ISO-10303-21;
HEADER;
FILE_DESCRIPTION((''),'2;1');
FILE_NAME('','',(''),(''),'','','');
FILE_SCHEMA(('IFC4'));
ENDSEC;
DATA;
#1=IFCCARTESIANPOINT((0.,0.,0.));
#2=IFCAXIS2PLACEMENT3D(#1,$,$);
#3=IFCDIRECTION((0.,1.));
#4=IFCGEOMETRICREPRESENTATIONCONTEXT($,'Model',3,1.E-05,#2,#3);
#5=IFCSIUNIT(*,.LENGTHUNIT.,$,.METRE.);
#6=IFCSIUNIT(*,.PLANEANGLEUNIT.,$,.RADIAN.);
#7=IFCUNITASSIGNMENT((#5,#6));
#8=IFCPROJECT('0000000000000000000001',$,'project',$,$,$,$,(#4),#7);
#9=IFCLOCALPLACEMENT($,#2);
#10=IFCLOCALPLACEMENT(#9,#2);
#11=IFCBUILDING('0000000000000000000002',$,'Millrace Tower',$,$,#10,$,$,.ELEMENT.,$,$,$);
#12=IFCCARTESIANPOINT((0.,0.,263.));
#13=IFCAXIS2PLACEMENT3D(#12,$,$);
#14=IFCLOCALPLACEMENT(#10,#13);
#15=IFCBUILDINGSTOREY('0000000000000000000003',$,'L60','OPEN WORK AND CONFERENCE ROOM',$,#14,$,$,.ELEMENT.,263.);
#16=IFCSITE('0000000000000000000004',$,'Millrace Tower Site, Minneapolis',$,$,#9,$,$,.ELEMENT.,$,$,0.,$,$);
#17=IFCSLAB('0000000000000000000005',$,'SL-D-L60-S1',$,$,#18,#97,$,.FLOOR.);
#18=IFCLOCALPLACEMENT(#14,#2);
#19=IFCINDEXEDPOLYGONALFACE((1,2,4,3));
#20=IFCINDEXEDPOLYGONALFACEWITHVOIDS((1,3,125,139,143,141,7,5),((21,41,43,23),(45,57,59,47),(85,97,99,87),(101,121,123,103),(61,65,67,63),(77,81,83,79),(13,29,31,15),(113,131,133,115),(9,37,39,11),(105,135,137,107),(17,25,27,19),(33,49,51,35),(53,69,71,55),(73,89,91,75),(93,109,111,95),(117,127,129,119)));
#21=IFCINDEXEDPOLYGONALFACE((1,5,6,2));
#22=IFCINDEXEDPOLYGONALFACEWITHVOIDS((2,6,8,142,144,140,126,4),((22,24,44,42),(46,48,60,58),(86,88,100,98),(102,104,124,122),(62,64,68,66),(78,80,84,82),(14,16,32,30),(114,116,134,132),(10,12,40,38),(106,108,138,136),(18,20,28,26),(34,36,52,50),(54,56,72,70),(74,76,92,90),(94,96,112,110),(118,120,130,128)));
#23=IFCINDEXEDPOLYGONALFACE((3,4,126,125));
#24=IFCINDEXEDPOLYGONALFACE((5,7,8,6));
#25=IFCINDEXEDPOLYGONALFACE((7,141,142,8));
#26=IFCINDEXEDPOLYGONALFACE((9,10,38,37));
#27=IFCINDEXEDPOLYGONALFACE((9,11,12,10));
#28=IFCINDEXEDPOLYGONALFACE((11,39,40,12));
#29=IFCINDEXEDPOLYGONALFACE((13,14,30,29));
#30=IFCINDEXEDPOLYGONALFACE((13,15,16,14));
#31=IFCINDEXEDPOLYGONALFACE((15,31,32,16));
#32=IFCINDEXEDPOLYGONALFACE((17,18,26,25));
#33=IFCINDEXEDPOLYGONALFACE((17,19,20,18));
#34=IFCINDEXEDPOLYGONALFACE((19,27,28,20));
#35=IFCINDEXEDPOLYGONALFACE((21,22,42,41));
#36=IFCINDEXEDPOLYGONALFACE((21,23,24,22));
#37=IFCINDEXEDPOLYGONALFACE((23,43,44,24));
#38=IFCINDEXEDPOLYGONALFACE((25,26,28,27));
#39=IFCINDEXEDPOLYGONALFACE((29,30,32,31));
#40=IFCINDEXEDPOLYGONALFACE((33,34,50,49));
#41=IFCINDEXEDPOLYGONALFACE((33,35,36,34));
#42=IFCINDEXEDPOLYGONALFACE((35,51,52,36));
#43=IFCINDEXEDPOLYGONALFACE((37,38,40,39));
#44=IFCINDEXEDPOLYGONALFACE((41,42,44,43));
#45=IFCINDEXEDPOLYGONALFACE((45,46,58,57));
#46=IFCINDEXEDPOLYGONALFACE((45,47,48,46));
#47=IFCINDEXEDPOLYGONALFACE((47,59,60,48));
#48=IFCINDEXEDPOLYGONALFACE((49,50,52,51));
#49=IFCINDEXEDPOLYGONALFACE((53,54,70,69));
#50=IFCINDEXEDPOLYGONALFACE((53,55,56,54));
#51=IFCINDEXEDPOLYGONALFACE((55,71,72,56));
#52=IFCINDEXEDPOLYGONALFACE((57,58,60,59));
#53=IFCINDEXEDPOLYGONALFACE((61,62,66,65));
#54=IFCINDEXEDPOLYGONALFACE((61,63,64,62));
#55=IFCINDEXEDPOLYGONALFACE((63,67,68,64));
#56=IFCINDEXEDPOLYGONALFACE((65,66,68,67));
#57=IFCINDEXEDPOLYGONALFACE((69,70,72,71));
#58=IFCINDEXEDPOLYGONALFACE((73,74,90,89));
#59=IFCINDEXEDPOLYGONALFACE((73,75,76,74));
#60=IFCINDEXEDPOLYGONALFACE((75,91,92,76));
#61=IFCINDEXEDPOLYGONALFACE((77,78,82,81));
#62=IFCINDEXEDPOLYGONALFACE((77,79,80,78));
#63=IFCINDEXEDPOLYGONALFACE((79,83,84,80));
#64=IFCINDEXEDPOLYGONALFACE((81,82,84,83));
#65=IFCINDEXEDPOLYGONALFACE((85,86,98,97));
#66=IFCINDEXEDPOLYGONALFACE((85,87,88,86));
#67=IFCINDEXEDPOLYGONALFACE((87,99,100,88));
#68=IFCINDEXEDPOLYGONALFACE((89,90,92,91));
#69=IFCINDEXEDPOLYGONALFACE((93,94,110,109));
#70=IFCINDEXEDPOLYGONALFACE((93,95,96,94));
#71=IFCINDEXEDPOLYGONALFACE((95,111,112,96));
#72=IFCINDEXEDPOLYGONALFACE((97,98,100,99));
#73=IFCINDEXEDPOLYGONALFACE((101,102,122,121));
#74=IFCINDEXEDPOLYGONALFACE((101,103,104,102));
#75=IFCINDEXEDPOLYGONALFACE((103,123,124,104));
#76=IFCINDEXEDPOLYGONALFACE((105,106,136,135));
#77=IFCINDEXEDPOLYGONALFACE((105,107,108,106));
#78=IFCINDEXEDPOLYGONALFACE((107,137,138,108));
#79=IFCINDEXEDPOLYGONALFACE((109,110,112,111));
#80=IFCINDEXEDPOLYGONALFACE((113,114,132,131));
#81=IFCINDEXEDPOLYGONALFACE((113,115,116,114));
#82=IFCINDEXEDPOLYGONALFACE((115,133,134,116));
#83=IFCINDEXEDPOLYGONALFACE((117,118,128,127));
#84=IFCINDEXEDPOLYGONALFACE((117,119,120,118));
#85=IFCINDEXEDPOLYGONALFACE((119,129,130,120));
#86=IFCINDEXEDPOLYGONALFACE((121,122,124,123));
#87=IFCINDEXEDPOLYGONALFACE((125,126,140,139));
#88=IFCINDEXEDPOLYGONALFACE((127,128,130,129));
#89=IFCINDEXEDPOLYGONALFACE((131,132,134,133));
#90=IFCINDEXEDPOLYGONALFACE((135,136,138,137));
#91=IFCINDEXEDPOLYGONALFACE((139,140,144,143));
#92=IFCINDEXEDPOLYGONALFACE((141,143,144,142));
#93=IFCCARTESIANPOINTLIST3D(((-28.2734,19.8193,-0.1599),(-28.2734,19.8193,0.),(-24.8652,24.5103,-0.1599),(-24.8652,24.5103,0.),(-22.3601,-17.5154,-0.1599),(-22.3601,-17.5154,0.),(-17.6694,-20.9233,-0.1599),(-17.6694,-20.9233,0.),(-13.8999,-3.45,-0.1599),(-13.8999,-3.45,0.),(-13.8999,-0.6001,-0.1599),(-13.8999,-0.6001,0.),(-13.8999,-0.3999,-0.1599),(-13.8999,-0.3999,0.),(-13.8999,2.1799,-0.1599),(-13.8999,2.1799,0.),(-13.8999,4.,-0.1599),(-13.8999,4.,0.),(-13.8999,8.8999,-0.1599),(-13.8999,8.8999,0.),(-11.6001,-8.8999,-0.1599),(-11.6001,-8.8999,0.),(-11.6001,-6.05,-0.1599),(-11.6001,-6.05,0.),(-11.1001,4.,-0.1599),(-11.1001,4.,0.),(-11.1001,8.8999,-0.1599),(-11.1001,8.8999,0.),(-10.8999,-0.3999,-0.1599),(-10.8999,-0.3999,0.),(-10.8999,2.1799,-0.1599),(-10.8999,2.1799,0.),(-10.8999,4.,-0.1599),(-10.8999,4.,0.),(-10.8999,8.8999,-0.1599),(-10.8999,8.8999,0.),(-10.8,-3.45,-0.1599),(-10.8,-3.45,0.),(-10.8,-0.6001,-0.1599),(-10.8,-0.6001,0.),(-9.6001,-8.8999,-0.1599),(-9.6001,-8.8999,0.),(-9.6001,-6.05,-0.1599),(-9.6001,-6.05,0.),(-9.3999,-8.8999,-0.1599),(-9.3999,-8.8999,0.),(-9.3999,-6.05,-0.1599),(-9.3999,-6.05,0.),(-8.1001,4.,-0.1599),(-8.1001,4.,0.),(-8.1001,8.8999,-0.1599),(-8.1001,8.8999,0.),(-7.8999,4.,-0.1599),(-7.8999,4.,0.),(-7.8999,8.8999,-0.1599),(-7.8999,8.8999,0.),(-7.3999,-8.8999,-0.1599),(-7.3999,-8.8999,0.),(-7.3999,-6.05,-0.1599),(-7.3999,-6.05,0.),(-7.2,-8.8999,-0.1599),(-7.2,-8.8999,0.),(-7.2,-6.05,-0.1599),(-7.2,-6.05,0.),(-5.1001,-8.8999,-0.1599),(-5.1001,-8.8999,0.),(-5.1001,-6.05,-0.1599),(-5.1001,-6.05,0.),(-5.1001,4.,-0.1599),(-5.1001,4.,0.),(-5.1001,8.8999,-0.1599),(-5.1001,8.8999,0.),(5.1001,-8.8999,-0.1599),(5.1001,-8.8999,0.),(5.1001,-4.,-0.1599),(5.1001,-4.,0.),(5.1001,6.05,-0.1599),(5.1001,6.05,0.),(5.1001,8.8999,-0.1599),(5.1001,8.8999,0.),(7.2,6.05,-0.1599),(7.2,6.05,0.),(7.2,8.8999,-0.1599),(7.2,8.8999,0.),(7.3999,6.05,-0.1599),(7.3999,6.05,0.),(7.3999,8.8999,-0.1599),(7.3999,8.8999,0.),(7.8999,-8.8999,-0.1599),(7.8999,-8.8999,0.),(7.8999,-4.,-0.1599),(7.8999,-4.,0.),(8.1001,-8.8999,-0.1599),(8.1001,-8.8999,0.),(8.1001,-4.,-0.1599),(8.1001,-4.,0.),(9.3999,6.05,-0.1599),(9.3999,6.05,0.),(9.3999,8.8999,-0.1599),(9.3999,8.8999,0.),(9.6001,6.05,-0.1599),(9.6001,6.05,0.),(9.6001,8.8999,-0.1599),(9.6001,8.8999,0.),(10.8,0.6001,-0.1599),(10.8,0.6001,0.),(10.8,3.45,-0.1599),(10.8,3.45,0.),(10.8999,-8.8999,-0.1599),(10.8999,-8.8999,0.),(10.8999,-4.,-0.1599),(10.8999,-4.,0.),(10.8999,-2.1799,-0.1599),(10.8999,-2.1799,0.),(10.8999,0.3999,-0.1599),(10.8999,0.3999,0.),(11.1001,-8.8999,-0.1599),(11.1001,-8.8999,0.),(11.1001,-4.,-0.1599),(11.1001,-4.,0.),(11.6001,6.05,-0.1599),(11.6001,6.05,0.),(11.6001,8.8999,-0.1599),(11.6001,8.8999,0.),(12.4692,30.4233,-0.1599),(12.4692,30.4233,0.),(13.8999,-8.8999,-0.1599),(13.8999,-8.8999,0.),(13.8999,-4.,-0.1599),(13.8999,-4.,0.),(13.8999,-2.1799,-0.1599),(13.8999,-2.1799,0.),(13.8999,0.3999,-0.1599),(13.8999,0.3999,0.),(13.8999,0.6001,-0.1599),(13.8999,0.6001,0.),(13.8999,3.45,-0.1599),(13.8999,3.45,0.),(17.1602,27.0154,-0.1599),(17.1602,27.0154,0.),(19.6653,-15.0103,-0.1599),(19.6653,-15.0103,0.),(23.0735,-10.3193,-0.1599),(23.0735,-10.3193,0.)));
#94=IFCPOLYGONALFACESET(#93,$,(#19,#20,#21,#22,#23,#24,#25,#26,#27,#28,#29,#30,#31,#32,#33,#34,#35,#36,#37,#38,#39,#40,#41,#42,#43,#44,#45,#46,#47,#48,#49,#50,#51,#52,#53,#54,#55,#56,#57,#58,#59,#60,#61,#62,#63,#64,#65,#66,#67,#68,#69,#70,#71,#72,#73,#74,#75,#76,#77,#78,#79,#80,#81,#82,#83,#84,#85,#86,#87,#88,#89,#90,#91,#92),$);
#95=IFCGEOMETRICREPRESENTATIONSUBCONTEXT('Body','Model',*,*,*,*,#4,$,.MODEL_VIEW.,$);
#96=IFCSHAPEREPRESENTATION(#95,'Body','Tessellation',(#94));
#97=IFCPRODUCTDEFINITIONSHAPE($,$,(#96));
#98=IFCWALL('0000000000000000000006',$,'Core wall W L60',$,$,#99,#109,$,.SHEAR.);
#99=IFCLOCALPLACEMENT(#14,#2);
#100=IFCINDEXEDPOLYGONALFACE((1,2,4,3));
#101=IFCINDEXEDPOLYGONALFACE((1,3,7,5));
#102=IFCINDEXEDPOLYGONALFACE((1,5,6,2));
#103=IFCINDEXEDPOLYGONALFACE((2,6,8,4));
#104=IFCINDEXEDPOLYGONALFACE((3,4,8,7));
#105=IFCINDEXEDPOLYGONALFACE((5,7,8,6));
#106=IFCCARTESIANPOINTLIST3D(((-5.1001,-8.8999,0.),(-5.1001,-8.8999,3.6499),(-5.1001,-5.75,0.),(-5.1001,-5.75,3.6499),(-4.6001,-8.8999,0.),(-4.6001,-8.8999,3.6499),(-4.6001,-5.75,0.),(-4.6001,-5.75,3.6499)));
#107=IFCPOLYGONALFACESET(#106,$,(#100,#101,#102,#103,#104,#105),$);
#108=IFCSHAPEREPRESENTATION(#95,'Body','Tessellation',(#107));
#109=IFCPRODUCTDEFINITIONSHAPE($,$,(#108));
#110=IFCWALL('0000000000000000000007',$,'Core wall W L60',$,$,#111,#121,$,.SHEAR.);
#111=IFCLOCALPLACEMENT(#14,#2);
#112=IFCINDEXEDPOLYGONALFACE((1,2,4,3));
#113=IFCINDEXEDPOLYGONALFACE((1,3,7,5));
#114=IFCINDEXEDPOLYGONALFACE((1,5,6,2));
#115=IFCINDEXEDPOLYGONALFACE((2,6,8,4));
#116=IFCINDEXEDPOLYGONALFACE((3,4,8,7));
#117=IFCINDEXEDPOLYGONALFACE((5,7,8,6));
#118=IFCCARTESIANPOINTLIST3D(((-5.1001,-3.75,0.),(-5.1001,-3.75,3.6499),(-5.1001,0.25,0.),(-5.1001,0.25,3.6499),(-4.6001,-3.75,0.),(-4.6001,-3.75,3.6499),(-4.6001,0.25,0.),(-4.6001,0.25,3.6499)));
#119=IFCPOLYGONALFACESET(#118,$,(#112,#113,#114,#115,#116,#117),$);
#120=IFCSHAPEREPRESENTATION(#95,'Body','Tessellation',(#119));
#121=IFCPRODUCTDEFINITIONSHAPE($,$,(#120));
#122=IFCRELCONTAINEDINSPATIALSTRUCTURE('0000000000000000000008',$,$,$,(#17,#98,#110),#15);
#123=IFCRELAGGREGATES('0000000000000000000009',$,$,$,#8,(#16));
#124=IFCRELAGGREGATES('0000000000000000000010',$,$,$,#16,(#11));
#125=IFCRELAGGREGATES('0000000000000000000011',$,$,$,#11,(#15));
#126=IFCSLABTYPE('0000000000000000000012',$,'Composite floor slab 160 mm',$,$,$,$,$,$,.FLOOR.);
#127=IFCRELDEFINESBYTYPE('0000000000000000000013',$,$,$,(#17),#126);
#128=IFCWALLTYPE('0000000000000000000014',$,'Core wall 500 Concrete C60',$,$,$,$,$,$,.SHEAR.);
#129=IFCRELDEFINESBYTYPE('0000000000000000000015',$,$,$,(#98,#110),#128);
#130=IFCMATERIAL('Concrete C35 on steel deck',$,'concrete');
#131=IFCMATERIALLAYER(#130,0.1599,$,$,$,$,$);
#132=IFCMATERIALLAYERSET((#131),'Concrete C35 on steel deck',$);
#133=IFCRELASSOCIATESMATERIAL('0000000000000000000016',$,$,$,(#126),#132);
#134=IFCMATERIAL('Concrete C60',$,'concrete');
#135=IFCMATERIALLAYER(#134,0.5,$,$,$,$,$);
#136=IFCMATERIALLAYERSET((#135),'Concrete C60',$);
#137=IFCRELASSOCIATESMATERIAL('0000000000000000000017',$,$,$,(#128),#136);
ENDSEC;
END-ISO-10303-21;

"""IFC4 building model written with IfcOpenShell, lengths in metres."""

from ifc_helpers import new_model, si_unit, direction, frame, frame_2d, origin, place, context, subcontext, project, spatial, polyline, rectangle, outline, extrude, material, layer, layer_set, type_object, element, save


model = new_model("IFC4")

# Units and contexts
model_context = context("Model", 3, precision=1e-05, world=origin(), true_north=direction((0.0, 1.0)))
body_context = subcontext(model_context, "Body", "Model", "MODEL_VIEW")
ifc_project = project(units=[si_unit("LENGTHUNIT", "METRE"), si_unit("PLANEANGLEUNIT", "RADIAN")], contexts=[model_context])

# Site, building, storey
site_placement = place(None, origin())
site = spatial("IfcSite", under=ifc_project, at=site_placement, Name="Millrace Tower Site, Minneapolis", CompositionType="ELEMENT", RefElevation=0.0)
building_placement = place(site_placement, origin())
building = spatial("IfcBuilding", under=site, at=building_placement, Name="Millrace Tower", CompositionType="ELEMENT")
storey_placement = place(building_placement, frame((0.0, 0.0, 263.0)))
storey = spatial("IfcBuildingStorey", under=building, at=storey_placement, Name="L60", Description="OPEN WORK AND CONFERENCE ROOM", CompositionType="ELEMENT", Elevation=263.0)

# Slab
ifc_material_1 = material(Name="Concrete C35 on steel deck", Category="concrete")
ifc_layer_1 = layer(ifc_material_1, 0.1599)
ifc_layer_set_1 = layer_set([ifc_layer_1], Name="Concrete C35 on steel deck")
slab_type = type_object("IfcSlabType", Name="Composite floor slab 160 mm", PredefinedType="FLOOR", material=ifc_layer_set_1)
slab_placement = place(storey_placement, frame((0.0, 0.0, -0.1599)))
element("IfcSlab", 1, at=slab_placement, inside=storey, type_object=slab_type, Name="SL-D-L60-S1", PredefinedType="FLOOR", context=body_context, shape_type="SweptSolid", body=[
    extrude(outline(polyline([(-22.3601, -17.5154), (-17.6694, -20.9233), (19.6653, -15.0103), (23.0735, -10.3193), (17.1602, 27.0154), (12.4692, 30.4233), (-24.8652, 24.5103), (-28.2734, 19.8193), (-22.3601, -17.5154)]), holes=[polyline([(-11.6001, -8.8999), (-9.6001, -8.8999), (-9.6001, -6.05), (-11.6001, -6.05), (-11.6001, -8.8999)]), polyline([(-9.3999, -8.8999), (-7.3999, -8.8999), (-7.3999, -6.05), (-9.3999, -6.05), (-9.3999, -8.8999)]), polyline([(-7.2, -8.8999), (-5.1001, -8.8999), (-5.1001, -6.05), (-7.2, -6.05), (-7.2, -8.8999)]), polyline([(-13.8999, -3.45), (-10.8, -3.45), (-10.8, -0.6001), (-13.8999, -0.6001), (-13.8999, -3.45)]), polyline([(-13.8999, -0.3999), (-10.8999, -0.3999), (-10.8999, 2.1799), (-13.8999, 2.1799), (-13.8999, -0.3999)]), polyline([(-13.8999, 4.0), (-11.1001, 4.0), (-11.1001, 8.8999), (-13.8999, 8.8999), (-13.8999, 4.0)]), polyline([(-10.8999, 4.0), (-8.1001, 4.0), (-8.1001, 8.8999), (-10.8999, 8.8999), (-10.8999, 4.0)]), polyline([(-7.8999, 4.0), (-5.1001, 4.0), (-5.1001, 8.8999), (-7.8999, 8.8999), (-7.8999, 4.0)]), polyline([(9.6001, 6.05), (11.6001, 6.05), (11.6001, 8.8999), (9.6001, 8.8999), (9.6001, 6.05)]), polyline([(7.3999, 6.05), (9.3999, 6.05), (9.3999, 8.8999), (7.3999, 8.8999), (7.3999, 6.05)]), polyline([(5.1001, 6.05), (7.2, 6.05), (7.2, 8.8999), (5.1001, 8.8999), (5.1001, 6.05)]), polyline([(10.8, 0.6001), (13.8999, 0.6001), (13.8999, 3.45), (10.8, 3.45), (10.8, 0.6001)]), polyline([(10.8999, -2.1799), (13.8999, -2.1799), (13.8999, 0.3999), (10.8999, 0.3999), (10.8999, -2.1799)]), polyline([(11.1001, -8.8999), (13.8999, -8.8999), (13.8999, -4.0), (11.1001, -4.0), (11.1001, -8.8999)]), polyline([(8.1001, -8.8999), (10.8999, -8.8999), (10.8999, -4.0), (8.1001, -4.0), (8.1001, -8.8999)]), polyline([(5.1001, -8.8999), (7.8999, -8.8999), (7.8999, -4.0), (5.1001, -4.0), (5.1001, -8.8999)])]), origin(), (0.0, 0.0, 1.0), 0.1599),
])

# Walls
ifc_material_2 = material(Name="Concrete C60", Category="concrete")
ifc_layer_2 = layer(ifc_material_2, 0.5)
ifc_layer_set_2 = layer_set([ifc_layer_2], Name="Concrete C60")
wall_type_1 = type_object("IfcWallType", Name="Core wall 500 Concrete C60", PredefinedType="SHEAR", material=ifc_layer_set_2)
wall_1_placement = place(storey_placement, frame((-4.8501, -8.8999, 0.0), z_axis=(0.0, 0.0, 1.0), x_axis=(0.0, 1.0, 0.0)))
element("IfcWall", 2, at=wall_1_placement, inside=storey, type_object=wall_type_1, Name="Core wall W L60", PredefinedType="SHEAR", context=body_context, shape_type="SweptSolid", body=[
    extrude(rectangle(XDim=3.1499, YDim=0.5, at=frame_2d((1.575, 0.0))), origin(), (0.0, 0.0, 1.0), 3.6499),
])
wall_2_placement = place(storey_placement, frame((-4.8501, -3.75, 0.0), z_axis=(0.0, 0.0, 1.0), x_axis=(0.0, 1.0, 0.0)))
element("IfcWall", 3, at=wall_2_placement, inside=storey, type_object=wall_type_1, Name="Core wall W L60", PredefinedType="SHEAR", context=body_context, shape_type="SweptSolid", body=[
    extrude(rectangle(XDim=4.0, YDim=0.5, at=frame_2d((2.0, 0.0))), origin(), (0.0, 0.0, 1.0), 3.6499),
])

save(model, "model.ifc")
